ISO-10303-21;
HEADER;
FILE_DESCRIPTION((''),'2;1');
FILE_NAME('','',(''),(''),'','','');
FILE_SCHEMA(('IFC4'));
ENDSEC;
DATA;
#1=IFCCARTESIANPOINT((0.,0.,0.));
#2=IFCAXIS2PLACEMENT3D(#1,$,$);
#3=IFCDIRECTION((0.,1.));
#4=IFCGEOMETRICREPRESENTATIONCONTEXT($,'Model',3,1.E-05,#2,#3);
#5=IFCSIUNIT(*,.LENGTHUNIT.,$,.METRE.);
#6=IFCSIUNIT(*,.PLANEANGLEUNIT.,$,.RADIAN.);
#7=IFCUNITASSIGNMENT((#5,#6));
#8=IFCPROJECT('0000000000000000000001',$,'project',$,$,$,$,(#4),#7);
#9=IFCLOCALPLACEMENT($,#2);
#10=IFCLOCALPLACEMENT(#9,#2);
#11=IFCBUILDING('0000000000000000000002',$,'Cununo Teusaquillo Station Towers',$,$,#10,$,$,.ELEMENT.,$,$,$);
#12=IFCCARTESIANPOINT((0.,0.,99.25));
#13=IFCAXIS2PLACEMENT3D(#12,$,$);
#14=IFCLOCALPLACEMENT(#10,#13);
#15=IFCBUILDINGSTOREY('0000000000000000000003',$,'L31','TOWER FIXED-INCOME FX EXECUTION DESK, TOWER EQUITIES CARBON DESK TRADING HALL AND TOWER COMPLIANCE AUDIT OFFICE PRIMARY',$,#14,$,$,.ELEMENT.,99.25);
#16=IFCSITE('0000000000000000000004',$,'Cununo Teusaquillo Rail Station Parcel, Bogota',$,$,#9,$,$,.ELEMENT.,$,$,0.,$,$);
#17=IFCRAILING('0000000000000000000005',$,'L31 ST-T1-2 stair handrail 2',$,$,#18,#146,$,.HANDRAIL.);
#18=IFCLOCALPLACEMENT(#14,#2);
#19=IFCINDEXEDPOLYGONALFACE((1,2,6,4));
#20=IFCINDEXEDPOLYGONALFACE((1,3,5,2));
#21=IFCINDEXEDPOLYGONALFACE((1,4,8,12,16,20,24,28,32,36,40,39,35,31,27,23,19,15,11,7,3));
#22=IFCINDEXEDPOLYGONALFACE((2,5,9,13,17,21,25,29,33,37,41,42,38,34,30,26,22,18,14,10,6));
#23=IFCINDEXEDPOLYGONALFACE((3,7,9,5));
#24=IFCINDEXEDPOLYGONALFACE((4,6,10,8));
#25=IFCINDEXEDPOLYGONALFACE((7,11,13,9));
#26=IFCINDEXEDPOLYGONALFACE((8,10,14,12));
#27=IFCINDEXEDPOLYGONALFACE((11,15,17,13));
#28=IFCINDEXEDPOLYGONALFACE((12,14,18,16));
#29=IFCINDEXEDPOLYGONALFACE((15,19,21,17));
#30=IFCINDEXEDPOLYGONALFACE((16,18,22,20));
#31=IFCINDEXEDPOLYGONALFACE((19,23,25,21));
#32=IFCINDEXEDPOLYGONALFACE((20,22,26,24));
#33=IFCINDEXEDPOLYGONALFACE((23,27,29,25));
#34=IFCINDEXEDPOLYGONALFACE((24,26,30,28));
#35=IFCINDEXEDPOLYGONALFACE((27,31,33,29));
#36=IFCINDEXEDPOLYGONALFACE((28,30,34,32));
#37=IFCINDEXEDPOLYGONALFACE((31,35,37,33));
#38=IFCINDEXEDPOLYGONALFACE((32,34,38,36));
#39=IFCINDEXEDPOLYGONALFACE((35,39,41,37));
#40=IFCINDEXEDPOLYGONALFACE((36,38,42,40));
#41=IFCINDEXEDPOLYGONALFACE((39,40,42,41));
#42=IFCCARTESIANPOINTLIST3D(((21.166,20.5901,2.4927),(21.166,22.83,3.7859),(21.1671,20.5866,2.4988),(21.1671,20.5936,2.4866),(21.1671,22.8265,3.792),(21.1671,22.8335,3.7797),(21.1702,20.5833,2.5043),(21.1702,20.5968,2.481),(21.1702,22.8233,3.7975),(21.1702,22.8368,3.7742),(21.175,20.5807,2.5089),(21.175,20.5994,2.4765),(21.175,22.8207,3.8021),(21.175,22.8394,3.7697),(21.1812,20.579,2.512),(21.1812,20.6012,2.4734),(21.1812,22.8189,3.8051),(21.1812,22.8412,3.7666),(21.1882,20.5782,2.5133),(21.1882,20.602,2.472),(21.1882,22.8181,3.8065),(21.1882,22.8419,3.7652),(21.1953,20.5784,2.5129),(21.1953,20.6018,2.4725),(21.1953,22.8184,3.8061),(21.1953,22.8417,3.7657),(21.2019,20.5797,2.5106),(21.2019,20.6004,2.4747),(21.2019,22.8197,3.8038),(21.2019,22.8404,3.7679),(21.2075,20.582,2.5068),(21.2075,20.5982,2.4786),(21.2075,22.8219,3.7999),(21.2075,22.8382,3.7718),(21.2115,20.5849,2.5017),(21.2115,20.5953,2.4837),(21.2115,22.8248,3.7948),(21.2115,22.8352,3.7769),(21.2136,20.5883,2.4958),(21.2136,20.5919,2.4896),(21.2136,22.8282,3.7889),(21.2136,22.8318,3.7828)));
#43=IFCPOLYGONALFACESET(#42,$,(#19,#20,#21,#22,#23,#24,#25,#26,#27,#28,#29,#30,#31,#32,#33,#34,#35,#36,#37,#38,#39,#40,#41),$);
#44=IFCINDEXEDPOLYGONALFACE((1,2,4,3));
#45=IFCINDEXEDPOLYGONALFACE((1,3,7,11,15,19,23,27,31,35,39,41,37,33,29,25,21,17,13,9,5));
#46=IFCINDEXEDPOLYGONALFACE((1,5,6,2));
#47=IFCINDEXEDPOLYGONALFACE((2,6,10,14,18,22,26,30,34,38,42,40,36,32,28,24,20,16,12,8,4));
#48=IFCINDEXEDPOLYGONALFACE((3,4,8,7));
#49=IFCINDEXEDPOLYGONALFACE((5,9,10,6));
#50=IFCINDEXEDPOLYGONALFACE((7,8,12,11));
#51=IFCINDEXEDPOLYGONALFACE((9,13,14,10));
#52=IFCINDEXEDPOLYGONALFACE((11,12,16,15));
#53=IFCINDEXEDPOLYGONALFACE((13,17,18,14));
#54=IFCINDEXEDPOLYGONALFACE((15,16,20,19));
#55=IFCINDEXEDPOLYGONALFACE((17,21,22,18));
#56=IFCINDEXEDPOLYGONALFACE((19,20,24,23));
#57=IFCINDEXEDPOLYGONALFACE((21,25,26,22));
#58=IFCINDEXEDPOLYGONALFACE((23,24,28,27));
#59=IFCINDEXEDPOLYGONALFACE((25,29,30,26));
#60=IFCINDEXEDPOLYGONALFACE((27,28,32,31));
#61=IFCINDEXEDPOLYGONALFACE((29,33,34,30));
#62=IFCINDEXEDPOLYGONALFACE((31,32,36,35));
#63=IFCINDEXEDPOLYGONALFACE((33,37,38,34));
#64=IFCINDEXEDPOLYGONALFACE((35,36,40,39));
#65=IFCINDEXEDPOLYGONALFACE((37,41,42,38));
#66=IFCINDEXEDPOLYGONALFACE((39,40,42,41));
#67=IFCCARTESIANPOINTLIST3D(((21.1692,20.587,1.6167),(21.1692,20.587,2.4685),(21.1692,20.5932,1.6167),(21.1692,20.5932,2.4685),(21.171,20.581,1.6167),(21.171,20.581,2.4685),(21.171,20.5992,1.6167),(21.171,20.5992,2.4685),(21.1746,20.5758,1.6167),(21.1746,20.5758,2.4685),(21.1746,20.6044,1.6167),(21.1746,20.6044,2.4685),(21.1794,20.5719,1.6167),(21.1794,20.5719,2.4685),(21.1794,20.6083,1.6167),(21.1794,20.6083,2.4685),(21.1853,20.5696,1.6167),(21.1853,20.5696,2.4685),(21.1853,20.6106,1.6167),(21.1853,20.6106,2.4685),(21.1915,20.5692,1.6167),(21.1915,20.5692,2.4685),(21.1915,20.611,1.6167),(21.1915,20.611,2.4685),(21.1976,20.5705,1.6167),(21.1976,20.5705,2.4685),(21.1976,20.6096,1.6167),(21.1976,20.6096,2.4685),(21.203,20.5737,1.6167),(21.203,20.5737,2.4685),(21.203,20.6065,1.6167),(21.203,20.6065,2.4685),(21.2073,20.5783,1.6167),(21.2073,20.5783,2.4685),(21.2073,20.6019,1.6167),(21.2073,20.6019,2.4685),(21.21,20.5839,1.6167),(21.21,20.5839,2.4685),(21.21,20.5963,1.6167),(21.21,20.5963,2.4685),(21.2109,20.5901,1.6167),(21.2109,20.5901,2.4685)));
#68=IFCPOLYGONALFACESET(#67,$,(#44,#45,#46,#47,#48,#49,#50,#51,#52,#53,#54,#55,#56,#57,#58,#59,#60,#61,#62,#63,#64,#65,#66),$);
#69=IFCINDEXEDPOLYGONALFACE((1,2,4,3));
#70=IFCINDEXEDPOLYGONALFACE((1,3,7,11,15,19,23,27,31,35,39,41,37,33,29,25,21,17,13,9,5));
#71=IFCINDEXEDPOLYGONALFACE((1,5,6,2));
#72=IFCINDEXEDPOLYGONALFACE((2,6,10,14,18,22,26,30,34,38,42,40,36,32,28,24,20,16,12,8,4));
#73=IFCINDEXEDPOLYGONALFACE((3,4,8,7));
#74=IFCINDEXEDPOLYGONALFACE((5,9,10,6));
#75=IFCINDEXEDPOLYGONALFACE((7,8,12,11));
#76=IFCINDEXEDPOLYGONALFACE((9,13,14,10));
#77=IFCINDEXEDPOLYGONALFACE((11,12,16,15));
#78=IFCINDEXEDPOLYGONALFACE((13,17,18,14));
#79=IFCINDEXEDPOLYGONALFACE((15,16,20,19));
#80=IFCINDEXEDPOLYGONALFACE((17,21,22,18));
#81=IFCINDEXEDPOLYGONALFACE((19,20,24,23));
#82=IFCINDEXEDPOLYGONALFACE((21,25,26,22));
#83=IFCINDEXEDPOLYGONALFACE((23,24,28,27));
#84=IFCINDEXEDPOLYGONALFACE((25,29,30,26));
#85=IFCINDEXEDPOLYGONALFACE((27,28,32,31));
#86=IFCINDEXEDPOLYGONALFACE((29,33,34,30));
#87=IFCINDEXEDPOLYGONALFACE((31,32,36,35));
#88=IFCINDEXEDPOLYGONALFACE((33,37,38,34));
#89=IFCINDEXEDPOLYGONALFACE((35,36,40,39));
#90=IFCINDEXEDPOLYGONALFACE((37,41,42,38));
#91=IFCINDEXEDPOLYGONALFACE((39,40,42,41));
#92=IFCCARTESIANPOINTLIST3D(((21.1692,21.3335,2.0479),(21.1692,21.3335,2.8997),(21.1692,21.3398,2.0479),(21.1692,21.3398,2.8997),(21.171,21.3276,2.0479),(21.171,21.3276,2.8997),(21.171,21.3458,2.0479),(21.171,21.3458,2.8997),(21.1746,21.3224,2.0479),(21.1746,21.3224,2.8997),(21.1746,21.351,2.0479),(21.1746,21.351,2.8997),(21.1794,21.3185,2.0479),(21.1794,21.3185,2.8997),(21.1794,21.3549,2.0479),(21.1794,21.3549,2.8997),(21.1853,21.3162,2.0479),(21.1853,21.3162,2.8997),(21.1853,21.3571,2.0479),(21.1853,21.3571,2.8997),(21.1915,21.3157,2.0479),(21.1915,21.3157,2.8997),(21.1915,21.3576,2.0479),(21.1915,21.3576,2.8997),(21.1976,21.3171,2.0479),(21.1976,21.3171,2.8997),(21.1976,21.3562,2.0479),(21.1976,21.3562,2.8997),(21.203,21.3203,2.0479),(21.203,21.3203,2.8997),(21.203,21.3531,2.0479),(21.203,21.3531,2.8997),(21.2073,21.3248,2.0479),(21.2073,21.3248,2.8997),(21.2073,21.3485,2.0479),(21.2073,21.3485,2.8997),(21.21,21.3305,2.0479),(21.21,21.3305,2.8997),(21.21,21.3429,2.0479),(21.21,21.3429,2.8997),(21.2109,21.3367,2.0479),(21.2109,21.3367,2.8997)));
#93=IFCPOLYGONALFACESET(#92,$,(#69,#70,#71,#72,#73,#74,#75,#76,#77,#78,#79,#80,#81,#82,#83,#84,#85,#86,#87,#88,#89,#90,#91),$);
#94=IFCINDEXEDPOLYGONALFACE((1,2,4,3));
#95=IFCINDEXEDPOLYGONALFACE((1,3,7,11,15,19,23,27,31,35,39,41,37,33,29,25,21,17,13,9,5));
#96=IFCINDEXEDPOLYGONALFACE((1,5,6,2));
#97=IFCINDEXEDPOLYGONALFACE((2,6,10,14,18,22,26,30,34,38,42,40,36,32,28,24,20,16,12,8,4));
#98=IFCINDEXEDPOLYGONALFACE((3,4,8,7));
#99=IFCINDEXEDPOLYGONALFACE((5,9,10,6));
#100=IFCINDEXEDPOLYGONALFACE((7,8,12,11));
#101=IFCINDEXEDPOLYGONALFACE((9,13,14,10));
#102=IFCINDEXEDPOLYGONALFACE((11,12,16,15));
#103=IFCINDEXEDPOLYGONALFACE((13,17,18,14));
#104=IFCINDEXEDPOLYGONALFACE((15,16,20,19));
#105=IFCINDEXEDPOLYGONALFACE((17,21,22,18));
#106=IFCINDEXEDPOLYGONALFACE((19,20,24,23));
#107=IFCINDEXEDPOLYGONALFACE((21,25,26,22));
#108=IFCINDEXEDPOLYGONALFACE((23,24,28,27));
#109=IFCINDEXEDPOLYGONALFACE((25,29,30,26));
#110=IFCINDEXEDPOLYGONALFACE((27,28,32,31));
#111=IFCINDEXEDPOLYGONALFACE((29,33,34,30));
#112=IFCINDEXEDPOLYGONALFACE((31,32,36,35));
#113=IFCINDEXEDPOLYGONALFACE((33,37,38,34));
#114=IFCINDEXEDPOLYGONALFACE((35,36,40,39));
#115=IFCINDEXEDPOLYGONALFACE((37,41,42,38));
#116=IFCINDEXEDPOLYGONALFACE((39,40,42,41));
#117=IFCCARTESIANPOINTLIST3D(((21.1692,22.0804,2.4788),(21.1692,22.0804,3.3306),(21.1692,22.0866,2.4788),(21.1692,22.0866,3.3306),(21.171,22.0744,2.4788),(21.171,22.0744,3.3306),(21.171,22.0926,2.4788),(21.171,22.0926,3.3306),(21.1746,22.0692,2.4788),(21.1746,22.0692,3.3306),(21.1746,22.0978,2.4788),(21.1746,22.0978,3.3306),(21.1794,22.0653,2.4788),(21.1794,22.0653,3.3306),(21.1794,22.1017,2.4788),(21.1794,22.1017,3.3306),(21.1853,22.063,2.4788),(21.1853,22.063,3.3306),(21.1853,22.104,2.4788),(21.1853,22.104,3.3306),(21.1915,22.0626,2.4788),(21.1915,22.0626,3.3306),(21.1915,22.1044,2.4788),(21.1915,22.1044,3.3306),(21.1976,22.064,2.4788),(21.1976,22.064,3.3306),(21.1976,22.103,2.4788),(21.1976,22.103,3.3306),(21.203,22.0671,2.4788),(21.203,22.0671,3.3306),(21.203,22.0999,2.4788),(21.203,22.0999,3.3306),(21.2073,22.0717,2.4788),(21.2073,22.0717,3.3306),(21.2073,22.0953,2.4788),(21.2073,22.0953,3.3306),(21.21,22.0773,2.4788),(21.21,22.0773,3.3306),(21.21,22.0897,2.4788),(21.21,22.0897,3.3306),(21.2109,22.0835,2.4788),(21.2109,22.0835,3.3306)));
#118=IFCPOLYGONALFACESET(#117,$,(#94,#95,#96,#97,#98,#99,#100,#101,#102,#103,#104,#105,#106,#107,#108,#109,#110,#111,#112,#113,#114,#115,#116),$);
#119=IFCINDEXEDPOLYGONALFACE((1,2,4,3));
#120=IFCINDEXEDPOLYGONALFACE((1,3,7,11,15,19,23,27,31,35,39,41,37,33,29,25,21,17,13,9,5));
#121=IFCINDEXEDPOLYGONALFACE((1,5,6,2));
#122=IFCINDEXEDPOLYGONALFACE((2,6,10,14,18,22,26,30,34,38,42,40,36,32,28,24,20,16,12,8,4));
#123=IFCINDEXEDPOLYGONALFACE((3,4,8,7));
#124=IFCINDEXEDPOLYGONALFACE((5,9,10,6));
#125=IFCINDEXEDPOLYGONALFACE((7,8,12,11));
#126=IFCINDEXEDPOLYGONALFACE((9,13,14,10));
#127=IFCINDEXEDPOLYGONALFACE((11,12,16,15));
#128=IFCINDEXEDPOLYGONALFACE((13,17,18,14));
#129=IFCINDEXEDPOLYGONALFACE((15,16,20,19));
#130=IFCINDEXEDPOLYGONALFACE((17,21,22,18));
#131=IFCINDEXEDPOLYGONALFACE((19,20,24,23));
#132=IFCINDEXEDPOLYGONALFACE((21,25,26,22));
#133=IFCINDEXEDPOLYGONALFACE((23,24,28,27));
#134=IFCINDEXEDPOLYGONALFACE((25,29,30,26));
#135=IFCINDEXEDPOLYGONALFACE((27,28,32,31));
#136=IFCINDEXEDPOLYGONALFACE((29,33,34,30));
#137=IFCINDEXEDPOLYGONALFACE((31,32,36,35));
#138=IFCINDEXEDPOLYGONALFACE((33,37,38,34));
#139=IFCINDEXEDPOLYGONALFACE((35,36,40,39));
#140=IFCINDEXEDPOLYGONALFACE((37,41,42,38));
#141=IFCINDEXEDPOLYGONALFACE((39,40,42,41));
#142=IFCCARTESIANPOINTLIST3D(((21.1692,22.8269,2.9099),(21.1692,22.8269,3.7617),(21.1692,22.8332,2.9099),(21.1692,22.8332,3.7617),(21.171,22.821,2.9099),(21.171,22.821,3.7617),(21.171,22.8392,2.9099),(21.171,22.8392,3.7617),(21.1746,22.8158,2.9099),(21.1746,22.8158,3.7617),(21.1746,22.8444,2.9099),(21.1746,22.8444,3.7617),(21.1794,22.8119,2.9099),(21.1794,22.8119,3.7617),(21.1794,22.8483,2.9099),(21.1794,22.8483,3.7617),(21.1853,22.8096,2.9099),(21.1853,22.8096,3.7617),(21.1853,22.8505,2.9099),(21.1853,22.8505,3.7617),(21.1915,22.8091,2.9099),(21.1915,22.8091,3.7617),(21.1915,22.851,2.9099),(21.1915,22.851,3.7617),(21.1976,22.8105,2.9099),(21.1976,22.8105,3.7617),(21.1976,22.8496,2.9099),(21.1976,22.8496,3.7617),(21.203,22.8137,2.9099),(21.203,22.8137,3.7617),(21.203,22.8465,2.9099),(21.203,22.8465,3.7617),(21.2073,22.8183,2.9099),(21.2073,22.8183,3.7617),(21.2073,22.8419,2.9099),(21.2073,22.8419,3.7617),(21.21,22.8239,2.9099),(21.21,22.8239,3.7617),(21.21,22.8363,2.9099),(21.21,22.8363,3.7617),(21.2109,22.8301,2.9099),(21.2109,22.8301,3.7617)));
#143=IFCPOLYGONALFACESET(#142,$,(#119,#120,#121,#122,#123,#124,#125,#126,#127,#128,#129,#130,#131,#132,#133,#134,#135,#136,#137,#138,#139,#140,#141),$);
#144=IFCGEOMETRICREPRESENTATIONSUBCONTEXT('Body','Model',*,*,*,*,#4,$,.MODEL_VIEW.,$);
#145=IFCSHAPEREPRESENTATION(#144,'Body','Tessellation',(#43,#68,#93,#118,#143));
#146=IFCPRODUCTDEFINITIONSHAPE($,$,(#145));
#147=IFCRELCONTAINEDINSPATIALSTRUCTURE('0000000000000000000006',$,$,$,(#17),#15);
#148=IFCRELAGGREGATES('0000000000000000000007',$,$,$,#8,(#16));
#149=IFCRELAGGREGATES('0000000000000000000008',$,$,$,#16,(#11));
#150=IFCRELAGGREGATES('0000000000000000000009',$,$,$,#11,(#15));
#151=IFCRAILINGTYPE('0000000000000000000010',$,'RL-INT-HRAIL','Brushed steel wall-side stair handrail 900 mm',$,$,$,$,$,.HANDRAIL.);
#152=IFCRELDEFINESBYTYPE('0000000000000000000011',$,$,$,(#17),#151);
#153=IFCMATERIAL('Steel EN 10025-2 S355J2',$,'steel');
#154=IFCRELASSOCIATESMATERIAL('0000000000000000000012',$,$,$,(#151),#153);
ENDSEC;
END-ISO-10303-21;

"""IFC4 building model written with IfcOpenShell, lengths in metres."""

from ifc_helpers import new_model, si_unit, direction, frame, origin, origin_2d, place, context, subcontext, project, spatial, circle, extrude, material, type_object, element, save


model = new_model("IFC4")

# Units and contexts
model_context = context("Model", 3, precision=1e-05, world=origin(), true_north=direction((0.0, 1.0)))
body_context = subcontext(model_context, "Body", "Model", "MODEL_VIEW")
ifc_project = project(units=[si_unit("LENGTHUNIT", "METRE"), si_unit("PLANEANGLEUNIT", "RADIAN")], contexts=[model_context])

# Site, building, storey
site_placement = place(None, origin())
site = spatial("IfcSite", under=ifc_project, at=site_placement, Name="Cununo Teusaquillo Rail Station Parcel, Bogota", CompositionType="ELEMENT", RefElevation=0.0)
building_placement = place(site_placement, origin())
building = spatial("IfcBuilding", under=site, at=building_placement, Name="Cununo Teusaquillo Station Towers", CompositionType="ELEMENT")
storey_placement = place(building_placement, frame((0.0, 0.0, 99.25)))
storey = spatial("IfcBuildingStorey", under=building, at=storey_placement, Name="L31", Description="TOWER FIXED-INCOME FX EXECUTION DESK, TOWER EQUITIES CARBON DESK TRADING HALL AND TOWER COMPLIANCE AUDIT OFFICE PRIMARY", CompositionType="ELEMENT", Elevation=99.25)

# Railing
ifc_material_1 = material(Name="Steel EN 10025-2 S355J2", Category="steel")
railing_type_1 = type_object("IfcRailingType", Name="RL-INT-HRAIL", Description="Brushed steel wall-side stair handrail 900 mm", PredefinedType="HANDRAIL", material=ifc_material_1)
railing_1_placement = place(storey_placement, frame((21.1899, 20.5901, 1.6167)))
element("IfcRailing", 1, at=railing_1_placement, inside=storey, type_object=railing_type_1, Name="L31 ST-T1-2 stair handrail 2", PredefinedType="HANDRAIL", context=body_context, shape_type="SweptSolid", body=[
    extrude(circle(Radius=0.0239, at=origin_2d()), frame((0.0, 0.0, 0.876), z_axis=(0.0, 0.866033, 0.499987), x_axis=(-1.0, 0.0, 0.0)), (0.0, 0.0, 1.0), 2.5864),
    extrude(circle(Radius=0.021, at=origin_2d()), origin(), (0.0, 0.0, 1.0), 0.8518),
    extrude(circle(Radius=0.021, at=origin_2d()), frame((0.0, 0.7466, 0.4312)), (0.0, 0.0, 1.0), 0.8518),
    extrude(circle(Radius=0.021, at=origin_2d()), frame((0.0, 1.4934, 0.8621)), (0.0, 0.0, 1.0), 0.8518),
    extrude(circle(Radius=0.021, at=origin_2d()), frame((0.0, 2.24, 1.2932)), (0.0, 0.0, 1.0), 0.8518),
])

save(model, "model.ifc")
